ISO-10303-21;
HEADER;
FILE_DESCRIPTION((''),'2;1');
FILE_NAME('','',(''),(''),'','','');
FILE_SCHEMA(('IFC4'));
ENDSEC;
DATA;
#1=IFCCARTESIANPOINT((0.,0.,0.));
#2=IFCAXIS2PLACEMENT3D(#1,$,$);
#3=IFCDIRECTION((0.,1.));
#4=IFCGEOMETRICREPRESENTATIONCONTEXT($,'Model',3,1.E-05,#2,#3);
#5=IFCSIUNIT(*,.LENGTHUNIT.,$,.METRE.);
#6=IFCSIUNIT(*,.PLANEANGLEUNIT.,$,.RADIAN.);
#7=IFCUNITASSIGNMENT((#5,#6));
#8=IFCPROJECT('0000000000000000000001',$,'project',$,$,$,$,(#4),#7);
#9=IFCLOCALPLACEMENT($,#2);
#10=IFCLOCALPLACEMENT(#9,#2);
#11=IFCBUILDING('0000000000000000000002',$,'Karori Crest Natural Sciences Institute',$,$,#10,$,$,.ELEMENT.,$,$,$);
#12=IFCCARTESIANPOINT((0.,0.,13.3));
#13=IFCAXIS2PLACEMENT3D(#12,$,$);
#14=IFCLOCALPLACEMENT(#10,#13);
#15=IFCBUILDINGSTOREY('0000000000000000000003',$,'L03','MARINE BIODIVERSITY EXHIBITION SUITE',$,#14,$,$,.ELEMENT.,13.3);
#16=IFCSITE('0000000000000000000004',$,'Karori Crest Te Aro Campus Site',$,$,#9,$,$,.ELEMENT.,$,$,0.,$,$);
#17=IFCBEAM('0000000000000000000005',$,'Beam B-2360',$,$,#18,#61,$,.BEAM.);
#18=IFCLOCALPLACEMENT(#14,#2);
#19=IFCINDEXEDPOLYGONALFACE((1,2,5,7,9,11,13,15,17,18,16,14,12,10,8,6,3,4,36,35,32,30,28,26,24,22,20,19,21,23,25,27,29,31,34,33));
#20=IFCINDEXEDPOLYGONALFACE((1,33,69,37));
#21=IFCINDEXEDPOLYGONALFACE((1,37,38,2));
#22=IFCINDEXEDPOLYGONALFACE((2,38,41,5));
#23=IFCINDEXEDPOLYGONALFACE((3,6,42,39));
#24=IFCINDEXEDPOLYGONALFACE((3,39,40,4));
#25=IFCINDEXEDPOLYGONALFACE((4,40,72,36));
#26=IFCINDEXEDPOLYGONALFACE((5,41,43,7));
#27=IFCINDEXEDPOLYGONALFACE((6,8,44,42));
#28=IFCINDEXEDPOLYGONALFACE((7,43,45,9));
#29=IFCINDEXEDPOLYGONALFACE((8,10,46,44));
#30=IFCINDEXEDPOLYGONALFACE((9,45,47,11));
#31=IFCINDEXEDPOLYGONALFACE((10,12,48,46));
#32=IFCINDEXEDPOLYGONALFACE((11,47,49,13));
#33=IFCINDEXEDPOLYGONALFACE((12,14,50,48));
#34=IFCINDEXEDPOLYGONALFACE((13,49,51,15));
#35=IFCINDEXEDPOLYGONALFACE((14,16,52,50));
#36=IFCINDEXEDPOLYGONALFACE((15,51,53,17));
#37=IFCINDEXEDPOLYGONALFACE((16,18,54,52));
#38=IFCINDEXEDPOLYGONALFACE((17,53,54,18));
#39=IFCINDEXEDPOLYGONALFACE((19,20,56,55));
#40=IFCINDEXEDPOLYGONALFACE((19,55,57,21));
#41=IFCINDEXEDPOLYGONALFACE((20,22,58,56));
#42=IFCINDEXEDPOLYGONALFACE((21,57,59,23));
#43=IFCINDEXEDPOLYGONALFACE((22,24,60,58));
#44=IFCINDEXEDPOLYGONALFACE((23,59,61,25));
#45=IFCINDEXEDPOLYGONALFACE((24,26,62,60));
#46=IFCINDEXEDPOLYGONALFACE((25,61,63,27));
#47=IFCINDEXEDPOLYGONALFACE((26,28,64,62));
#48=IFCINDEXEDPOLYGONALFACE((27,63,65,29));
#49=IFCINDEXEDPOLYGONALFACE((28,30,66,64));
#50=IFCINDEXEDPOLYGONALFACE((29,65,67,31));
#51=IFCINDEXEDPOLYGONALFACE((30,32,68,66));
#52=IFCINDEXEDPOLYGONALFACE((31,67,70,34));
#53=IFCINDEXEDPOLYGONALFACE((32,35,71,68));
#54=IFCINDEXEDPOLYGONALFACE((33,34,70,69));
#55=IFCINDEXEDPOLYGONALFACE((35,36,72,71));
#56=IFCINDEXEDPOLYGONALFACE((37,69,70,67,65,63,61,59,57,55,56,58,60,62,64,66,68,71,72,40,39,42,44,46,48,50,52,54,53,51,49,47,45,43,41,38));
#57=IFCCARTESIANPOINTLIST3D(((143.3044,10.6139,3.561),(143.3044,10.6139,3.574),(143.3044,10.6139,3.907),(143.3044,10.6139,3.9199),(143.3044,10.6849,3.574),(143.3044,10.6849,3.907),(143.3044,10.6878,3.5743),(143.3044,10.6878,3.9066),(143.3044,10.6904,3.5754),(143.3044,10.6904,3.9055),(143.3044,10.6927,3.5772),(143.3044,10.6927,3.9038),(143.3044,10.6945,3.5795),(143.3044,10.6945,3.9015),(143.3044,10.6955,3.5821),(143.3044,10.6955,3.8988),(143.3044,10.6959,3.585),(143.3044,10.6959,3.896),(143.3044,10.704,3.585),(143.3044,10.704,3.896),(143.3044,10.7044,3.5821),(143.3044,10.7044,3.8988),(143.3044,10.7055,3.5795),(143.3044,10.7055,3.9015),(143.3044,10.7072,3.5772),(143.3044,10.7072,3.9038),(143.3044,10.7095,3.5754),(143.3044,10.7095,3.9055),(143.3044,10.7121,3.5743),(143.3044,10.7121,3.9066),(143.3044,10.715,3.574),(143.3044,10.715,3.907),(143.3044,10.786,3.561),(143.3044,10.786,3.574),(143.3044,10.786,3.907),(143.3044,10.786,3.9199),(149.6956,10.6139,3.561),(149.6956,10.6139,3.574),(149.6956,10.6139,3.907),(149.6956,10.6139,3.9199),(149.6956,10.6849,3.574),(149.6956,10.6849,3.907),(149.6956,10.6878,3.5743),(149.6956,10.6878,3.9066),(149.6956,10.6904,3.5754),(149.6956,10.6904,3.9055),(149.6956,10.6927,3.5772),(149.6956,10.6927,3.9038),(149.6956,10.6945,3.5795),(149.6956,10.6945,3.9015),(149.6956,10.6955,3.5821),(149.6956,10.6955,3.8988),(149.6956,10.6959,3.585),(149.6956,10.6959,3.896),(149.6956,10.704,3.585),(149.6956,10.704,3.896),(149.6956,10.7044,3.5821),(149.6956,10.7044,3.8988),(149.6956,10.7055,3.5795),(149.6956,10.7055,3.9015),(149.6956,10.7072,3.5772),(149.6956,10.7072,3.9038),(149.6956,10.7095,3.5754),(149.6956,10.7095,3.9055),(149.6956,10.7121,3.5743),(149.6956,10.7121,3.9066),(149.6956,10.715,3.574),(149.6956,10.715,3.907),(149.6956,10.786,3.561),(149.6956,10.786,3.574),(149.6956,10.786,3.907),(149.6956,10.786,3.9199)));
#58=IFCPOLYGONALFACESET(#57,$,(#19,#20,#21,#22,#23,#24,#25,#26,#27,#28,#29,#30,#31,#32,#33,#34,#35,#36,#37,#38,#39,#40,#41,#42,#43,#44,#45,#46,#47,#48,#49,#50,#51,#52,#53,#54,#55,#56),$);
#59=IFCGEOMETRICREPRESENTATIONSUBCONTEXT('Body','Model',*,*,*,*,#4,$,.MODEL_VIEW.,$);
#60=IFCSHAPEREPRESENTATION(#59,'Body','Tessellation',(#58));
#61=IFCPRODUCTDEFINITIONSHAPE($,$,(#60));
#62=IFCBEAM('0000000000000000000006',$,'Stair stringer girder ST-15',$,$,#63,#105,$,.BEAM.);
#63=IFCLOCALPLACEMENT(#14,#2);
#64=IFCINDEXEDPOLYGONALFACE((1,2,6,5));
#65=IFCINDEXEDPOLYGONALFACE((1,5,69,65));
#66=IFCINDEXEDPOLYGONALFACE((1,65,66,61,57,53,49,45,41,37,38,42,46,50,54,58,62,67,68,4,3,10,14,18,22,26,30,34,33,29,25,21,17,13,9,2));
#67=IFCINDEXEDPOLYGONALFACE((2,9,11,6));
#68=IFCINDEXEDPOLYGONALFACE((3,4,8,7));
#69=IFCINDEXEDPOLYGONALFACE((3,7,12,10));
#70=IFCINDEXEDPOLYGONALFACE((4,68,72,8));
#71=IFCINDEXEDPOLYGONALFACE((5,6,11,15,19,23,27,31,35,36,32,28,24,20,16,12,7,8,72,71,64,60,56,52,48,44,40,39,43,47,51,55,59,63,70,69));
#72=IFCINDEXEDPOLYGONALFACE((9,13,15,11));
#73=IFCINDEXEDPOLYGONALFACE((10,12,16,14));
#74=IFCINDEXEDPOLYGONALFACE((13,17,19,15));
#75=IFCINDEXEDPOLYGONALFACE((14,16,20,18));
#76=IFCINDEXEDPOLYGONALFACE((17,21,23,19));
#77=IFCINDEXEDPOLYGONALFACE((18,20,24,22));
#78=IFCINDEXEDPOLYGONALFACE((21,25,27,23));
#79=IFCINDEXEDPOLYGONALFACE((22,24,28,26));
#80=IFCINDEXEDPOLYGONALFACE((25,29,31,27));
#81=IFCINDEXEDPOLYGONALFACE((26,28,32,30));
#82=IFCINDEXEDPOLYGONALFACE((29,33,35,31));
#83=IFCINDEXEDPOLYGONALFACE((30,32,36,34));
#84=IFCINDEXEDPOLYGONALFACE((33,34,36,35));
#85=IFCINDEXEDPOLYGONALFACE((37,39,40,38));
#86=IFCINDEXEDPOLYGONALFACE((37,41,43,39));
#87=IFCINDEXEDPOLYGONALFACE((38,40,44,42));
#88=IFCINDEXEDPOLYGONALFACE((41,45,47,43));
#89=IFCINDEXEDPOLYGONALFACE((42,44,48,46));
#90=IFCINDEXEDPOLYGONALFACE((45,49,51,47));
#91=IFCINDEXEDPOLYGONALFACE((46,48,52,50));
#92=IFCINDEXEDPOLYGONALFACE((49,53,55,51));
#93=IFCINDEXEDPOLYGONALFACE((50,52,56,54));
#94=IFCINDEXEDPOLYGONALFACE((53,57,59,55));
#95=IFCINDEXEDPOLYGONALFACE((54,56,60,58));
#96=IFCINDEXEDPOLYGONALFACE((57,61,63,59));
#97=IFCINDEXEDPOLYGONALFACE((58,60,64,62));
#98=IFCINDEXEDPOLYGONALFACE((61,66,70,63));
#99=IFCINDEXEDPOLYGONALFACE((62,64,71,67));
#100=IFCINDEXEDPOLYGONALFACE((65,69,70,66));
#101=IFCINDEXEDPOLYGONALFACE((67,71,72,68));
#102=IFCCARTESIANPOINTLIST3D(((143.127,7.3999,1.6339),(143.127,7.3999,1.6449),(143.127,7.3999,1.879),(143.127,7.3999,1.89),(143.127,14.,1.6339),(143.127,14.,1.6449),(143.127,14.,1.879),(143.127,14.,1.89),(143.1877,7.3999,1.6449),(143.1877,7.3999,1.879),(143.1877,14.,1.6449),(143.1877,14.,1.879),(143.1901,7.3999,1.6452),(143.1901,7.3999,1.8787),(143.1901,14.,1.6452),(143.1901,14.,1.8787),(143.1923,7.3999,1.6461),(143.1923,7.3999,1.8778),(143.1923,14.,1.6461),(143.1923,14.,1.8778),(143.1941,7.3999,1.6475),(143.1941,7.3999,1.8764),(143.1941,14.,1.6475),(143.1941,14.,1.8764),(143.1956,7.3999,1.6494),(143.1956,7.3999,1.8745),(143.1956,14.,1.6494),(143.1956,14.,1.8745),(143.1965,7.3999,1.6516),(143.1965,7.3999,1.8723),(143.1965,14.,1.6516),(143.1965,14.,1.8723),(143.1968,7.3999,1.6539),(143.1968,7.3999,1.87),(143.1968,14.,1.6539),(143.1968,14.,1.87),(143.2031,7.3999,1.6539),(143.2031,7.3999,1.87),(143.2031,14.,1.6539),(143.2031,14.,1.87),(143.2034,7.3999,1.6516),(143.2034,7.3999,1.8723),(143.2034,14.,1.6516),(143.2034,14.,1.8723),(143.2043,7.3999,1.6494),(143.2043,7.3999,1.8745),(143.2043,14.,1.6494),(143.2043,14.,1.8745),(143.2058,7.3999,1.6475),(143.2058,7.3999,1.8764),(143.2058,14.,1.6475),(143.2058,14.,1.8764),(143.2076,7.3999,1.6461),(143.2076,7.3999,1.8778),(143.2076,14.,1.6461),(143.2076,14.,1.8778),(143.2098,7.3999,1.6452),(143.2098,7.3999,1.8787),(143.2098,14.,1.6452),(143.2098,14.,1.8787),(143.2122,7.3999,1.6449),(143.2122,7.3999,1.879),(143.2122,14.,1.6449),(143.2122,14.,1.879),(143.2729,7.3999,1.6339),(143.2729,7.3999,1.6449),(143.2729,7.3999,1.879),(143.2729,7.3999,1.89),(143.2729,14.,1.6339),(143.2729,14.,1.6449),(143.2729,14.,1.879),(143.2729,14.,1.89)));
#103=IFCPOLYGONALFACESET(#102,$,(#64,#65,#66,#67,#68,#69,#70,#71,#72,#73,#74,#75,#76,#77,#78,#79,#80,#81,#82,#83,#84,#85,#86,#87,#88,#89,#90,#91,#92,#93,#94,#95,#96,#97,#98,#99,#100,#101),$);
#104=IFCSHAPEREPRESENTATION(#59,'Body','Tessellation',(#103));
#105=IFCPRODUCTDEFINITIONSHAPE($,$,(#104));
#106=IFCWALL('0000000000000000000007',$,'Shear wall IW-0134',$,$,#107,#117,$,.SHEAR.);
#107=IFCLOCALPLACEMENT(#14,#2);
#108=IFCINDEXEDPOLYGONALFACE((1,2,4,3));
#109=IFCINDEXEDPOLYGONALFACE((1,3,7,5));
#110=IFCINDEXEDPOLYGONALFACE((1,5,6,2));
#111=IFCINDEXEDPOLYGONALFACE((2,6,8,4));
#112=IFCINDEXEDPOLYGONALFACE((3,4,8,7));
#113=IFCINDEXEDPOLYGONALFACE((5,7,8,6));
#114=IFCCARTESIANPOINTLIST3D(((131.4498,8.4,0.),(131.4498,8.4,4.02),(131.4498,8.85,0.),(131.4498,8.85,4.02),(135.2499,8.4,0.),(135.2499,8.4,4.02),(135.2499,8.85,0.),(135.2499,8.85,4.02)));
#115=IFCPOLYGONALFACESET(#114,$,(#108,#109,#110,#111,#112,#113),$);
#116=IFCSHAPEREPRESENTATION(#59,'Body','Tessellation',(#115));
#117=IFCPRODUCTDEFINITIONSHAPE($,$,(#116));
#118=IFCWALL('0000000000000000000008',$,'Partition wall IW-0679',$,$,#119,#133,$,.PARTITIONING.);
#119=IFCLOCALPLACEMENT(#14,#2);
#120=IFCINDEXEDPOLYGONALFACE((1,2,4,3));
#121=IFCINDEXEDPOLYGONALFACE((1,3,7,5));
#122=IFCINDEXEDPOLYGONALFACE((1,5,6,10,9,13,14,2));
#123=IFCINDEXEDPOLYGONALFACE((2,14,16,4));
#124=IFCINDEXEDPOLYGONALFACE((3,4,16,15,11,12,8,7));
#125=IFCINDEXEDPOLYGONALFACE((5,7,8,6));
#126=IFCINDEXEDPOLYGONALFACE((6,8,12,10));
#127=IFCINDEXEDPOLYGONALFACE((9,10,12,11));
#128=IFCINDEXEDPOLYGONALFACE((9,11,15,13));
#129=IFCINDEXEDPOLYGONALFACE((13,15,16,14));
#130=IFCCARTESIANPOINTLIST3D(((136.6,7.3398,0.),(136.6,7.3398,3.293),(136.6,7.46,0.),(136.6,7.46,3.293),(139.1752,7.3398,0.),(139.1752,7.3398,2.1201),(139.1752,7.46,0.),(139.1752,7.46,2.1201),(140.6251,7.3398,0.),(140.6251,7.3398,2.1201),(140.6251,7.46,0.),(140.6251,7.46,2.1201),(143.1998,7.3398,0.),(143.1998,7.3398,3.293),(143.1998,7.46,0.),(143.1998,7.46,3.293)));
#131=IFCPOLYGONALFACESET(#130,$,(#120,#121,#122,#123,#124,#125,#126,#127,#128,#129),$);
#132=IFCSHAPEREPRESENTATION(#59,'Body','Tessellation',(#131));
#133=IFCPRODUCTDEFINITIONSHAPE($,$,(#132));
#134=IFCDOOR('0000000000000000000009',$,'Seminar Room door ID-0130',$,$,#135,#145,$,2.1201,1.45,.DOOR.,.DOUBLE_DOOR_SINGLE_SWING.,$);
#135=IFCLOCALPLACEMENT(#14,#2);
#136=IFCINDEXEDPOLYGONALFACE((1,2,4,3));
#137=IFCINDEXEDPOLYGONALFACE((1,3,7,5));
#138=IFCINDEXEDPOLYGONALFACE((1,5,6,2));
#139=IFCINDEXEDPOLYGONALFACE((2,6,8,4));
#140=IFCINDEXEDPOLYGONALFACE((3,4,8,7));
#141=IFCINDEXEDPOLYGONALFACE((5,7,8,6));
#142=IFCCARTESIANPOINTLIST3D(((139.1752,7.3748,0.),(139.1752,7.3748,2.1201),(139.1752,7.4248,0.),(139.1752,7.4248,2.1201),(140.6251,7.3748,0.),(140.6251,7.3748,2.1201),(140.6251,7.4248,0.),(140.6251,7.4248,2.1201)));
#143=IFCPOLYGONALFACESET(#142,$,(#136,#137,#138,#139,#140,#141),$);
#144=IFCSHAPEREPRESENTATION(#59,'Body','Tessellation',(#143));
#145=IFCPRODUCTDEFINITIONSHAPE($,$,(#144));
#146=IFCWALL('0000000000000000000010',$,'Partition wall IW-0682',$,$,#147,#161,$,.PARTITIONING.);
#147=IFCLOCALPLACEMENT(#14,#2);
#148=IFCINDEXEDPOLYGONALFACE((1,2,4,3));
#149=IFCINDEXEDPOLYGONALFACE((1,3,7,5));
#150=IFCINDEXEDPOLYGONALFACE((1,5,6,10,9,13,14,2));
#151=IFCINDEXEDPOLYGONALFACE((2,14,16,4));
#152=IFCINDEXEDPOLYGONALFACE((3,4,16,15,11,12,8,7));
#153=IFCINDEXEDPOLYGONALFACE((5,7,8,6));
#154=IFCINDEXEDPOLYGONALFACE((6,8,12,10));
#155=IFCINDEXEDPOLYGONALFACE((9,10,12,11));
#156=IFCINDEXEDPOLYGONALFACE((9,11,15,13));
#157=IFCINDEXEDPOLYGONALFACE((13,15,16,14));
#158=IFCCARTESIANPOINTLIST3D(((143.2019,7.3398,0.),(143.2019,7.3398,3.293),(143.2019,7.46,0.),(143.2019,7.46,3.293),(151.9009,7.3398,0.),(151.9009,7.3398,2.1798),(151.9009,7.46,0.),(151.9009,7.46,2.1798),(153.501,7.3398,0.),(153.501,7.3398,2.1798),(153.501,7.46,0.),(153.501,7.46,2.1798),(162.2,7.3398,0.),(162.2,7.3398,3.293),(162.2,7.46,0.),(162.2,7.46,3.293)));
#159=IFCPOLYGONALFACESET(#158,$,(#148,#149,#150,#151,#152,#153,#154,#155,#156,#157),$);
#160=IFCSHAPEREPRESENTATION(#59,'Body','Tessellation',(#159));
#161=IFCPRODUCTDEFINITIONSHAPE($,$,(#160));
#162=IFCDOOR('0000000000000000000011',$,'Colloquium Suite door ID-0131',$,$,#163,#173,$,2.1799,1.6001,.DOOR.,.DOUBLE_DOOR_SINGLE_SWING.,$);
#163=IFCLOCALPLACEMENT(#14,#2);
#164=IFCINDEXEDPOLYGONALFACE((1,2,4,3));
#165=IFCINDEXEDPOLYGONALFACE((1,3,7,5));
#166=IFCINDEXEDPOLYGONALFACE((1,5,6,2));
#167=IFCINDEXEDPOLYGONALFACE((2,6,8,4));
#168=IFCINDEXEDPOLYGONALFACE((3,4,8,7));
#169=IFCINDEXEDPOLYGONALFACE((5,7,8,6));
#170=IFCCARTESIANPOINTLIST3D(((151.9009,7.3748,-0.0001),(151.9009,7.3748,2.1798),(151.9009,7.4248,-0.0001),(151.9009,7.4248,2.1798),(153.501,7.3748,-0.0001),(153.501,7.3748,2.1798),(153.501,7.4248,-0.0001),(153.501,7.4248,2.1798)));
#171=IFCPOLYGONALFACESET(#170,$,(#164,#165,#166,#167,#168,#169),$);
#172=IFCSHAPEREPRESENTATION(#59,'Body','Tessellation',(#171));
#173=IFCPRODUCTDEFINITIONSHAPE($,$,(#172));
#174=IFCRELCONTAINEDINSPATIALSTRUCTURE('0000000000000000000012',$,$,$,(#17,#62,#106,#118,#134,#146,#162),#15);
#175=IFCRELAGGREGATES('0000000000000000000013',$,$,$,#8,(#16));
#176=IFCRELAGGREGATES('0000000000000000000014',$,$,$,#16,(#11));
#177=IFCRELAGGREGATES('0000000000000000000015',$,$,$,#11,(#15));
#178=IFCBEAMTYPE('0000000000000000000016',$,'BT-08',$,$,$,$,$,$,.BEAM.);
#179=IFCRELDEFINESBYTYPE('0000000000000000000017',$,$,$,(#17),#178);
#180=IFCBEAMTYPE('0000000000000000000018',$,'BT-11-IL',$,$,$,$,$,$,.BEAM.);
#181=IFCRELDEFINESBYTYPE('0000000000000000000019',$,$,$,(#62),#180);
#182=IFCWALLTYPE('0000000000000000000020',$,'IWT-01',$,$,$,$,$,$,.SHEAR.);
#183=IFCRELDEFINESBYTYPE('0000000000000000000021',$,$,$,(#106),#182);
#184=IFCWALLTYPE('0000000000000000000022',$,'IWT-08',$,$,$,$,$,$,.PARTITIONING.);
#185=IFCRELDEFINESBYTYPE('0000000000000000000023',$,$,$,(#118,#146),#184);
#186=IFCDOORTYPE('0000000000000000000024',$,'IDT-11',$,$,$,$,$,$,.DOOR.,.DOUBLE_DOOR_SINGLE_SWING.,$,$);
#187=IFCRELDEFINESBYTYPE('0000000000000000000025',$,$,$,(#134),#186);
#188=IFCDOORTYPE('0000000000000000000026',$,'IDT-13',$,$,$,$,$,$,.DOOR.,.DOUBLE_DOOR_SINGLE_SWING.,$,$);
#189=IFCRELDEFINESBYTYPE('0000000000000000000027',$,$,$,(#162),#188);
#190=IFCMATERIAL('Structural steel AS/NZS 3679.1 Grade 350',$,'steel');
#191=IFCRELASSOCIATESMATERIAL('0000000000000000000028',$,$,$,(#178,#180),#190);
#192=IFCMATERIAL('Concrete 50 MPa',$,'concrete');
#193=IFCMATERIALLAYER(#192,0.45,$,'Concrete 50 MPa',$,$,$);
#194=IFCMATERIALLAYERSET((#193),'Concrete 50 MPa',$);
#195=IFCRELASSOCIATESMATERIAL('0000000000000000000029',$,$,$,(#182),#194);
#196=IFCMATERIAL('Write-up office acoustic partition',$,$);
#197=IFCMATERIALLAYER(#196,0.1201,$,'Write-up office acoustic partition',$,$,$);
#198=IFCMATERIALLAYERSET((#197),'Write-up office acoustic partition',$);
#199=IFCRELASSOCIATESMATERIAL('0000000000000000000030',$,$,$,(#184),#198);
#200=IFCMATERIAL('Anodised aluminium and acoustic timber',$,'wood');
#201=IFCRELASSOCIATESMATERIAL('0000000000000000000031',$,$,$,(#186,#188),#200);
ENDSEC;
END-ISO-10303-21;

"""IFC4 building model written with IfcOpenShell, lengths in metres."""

from ifc_helpers import new_model, si_unit, direction, frame, frame_2d, origin, origin_2d, place, context, subcontext, project, spatial, rectangle, i_section, extrude, material, layer, layer_set, material_profile, profile_set, type_object, element, fill, save


model = new_model("IFC4")

# Units and contexts
model_context = context("Model", 3, precision=1e-05, world=origin(), true_north=direction((0.0, 1.0)))
body_context = subcontext(model_context, "Body", "Model", "MODEL_VIEW")
ifc_project = project(units=[si_unit("LENGTHUNIT", "METRE"), si_unit("PLANEANGLEUNIT", "RADIAN")], contexts=[model_context])

# Site, building, storey
site_placement = place(None, origin())
site = spatial("IfcSite", under=ifc_project, at=site_placement, Name="Karori Crest Te Aro Campus Site", CompositionType="ELEMENT", RefElevation=0.0)
building_placement = place(site_placement, origin())
building = spatial("IfcBuilding", under=site, at=building_placement, Name="Karori Crest Natural Sciences Institute", CompositionType="ELEMENT")
storey_placement = place(building_placement, frame((0.0, 0.0, 13.3)))
storey = spatial("IfcBuildingStorey", under=building, at=storey_placement, Name="L03", Description="MARINE BIODIVERSITY EXHIBITION SUITE", CompositionType="ELEMENT", Elevation=13.3)

# Shared definitions
ifc_material_1 = material(Name="Structural steel AS/NZS 3679.1 Grade 350", Category="steel")

# Beams
ifc_material_profile_1 = material_profile(ifc_material_1, i_section(OverallWidth=0.1721, OverallDepth=0.3589, WebThickness=0.0081, FlangeThickness=0.0129, FilletRadius=0.011, at=origin_2d()), Name="360UB56.7")
ifc_profile_set_1 = profile_set([ifc_material_profile_1], Name="Structural steel AS/NZS 3679.1 Grade 350")
beam_type_1 = type_object("IfcBeamType", Name="BT-08", PredefinedType="BEAM", material=ifc_profile_set_1)
beam_1_placement = place(storey_placement, frame((143.3044, 10.7, 3.7405), z_axis=(1.0, 0.0, 0.0), x_axis=(0.0, 1.0, 0.0)))
element("IfcBeam", 1, at=beam_1_placement, inside=storey, type_object=beam_type_1, Name="Beam B-2360", PredefinedType="BEAM", context=body_context, shape_type="SweptSolid", body=[
    extrude(i_section(OverallWidth=0.1721, OverallDepth=0.3589, WebThickness=0.0081, FlangeThickness=0.0129, FilletRadius=0.011, at=origin_2d()), origin(), (0.0, 0.0, 1.0), 6.3911),
])
ifc_material_profile_2 = material_profile(ifc_material_1, i_section(OverallWidth=0.146, OverallDepth=0.2561, WebThickness=0.0063, FlangeThickness=0.011, FilletRadius=0.009, at=origin_2d()), Name="250UB37.3")
ifc_profile_set_2 = profile_set([ifc_material_profile_2], Name="Structural steel AS/NZS 3679.1 Grade 350")
beam_type_2 = type_object("IfcBeamType", Name="BT-11-IL", PredefinedType="BEAM", material=ifc_profile_set_2)
beam_2_placement = place(storey_placement, frame((143.2, 7.3999, 1.762), z_axis=(0.0, 1.0, 0.0), x_axis=(-1.0, 0.0, 0.0)))
element("IfcBeam", 2, at=beam_2_placement, inside=storey, type_object=beam_type_2, Name="Stair stringer girder ST-15", PredefinedType="BEAM", context=body_context, shape_type="SweptSolid", body=[
    extrude(i_section(OverallWidth=0.146, OverallDepth=0.2561, WebThickness=0.0063, FlangeThickness=0.011, FilletRadius=0.009, at=origin_2d()), origin(), (0.0, 0.0, 1.0), 6.6001),
])

# Wall
ifc_material_2 = material(Name="Concrete 50 MPa", Category="concrete")
ifc_layer_1 = layer(ifc_material_2, 0.45, Name="Concrete 50 MPa")
ifc_layer_set_1 = layer_set([ifc_layer_1], Name="Concrete 50 MPa")
wall_type_1 = type_object("IfcWallType", Name="IWT-01", PredefinedType="SHEAR", material=ifc_layer_set_1)
wall_1_placement = place(storey_placement, frame((131.45, 8.625, 0.0), z_axis=(0.0, 0.0, 1.0), x_axis=(1.0, 0.0, 0.0)))
element("IfcWall", 3, at=wall_1_placement, inside=storey, type_object=wall_type_1, Name="Shear wall IW-0134", PredefinedType="SHEAR", context=body_context, shape_type="SweptSolid", body=[
    extrude(rectangle(XDim=3.8, YDim=0.45, at=frame_2d((1.8999, 0.0))), origin(), (0.0, 0.0, 1.0), 4.02),
])

# Walls, openings, doors
ifc_material_3 = material(Name="Write-up office acoustic partition")
ifc_layer_2 = layer(ifc_material_3, 0.1201, Name="Write-up office acoustic partition")
ifc_layer_set_2 = layer_set([ifc_layer_2], Name="Write-up office acoustic partition")
wall_type_2 = type_object("IfcWallType", Name="IWT-08", PredefinedType="PARTITIONING", material=ifc_layer_set_2)
wall_2_placement = place(storey_placement, frame((136.6001, 7.3999, 0.0), z_axis=(0.0, 0.0, 1.0), x_axis=(1.0, 0.0, 0.0)))
wall_2 = element("IfcWall", 4, at=wall_2_placement, inside=storey, type_object=wall_type_2, Name="Partition wall IW-0679", PredefinedType="PARTITIONING", context=body_context, shape_type="SweptSolid", body=[
    extrude(rectangle(XDim=6.5999, YDim=0.1201, at=frame_2d((3.2998, 0.0))), origin(), (0.0, 0.0, 1.0), 3.293),
])
opening_1_placement = place(wall_2_placement, frame((2.575, 0.0, 0.0)))
opening_1 = element("IfcOpeningElement", 5, at=opening_1_placement, cuts=wall_2, PredefinedType="OPENING", context=body_context, shape_type="SweptSolid", body=[
    extrude(rectangle(XDim=1.45, YDim=2.1201, at=frame_2d((0.7251, 1.0601))), frame((0.0, 0.0701, 0.0), z_axis=(0.0, -1.0, 0.0), x_axis=(1.0, 0.0, 0.0)), (0.0, 0.0, 1.0), 0.1401),
])
ifc_material_4 = material(Name="Anodised aluminium and acoustic timber", Category="wood")
door_type_1 = type_object("IfcDoorType", Name="IDT-11", OperationType="DOUBLE_DOOR_SINGLE_SWING", PredefinedType="DOOR", material=ifc_material_4)
door_1_placement = place(opening_1_placement, origin())
door_1 = element("IfcDoor", 6, at=door_1_placement, inside=storey, type_object=door_type_1, Name="Seminar Room door ID-0130", OperationType="DOUBLE_DOOR_SINGLE_SWING", OverallHeight=2.1201, OverallWidth=1.45, PredefinedType="DOOR", context=body_context, shape_type="SweptSolid", body=[
    extrude(rectangle(XDim=1.45, YDim=2.1201, at=frame_2d((0.7251, 1.0601))), frame((0.0, 0.0249, 0.0), z_axis=(0.0, -1.0, 0.0), x_axis=(1.0, 0.0, 0.0)), (0.0, 0.0, 1.0), 0.05),
])
fill(opening_1, door_1)
wall_3_placement = place(storey_placement, frame((143.2019, 7.3999, 0.0), z_axis=(0.0, 0.0, 1.0), x_axis=(1.0, 0.0, 0.0)))
wall_3 = element("IfcWall", 7, at=wall_3_placement, inside=storey, type_object=wall_type_2, Name="Partition wall IW-0682", PredefinedType="PARTITIONING", context=body_context, shape_type="SweptSolid", body=[
    extrude(rectangle(XDim=18.998, YDim=0.1201, at=frame_2d((9.499, 0.0))), origin(), (0.0, 0.0, 1.0), 3.293),
])
opening_2_placement = place(wall_3_placement, frame((8.699, 0.0, 0.0)))
opening_2 = element("IfcOpeningElement", 8, at=opening_2_placement, cuts=wall_3, PredefinedType="OPENING", context=body_context, shape_type="SweptSolid", body=[
    extrude(rectangle(XDim=1.6001, YDim=2.1799, at=frame_2d((0.8, 1.0898))), frame((0.0, 0.0701, 0.0), z_axis=(0.0, -1.0, 0.0), x_axis=(1.0, 0.0, 0.0)), (0.0, 0.0, 1.0), 0.1401),
])
door_type_2 = type_object("IfcDoorType", Name="IDT-13", OperationType="DOUBLE_DOOR_SINGLE_SWING", PredefinedType="DOOR", material=ifc_material_4)
door_2_placement = place(opening_2_placement, origin())
door_2 = element("IfcDoor", 9, at=door_2_placement, inside=storey, type_object=door_type_2, Name="Colloquium Suite door ID-0131", OperationType="DOUBLE_DOOR_SINGLE_SWING", OverallHeight=2.1799, OverallWidth=1.6001, PredefinedType="DOOR", context=body_context, shape_type="SweptSolid", body=[
    extrude(rectangle(XDim=1.6001, YDim=2.1799, at=frame_2d((0.8, 1.0898))), frame((0.0, 0.0249, 0.0), z_axis=(0.0, -1.0, 0.0), x_axis=(1.0, 0.0, 0.0)), (0.0, 0.0, 1.0), 0.05),
])
fill(opening_2, door_2)

save(model, "model.ifc")
